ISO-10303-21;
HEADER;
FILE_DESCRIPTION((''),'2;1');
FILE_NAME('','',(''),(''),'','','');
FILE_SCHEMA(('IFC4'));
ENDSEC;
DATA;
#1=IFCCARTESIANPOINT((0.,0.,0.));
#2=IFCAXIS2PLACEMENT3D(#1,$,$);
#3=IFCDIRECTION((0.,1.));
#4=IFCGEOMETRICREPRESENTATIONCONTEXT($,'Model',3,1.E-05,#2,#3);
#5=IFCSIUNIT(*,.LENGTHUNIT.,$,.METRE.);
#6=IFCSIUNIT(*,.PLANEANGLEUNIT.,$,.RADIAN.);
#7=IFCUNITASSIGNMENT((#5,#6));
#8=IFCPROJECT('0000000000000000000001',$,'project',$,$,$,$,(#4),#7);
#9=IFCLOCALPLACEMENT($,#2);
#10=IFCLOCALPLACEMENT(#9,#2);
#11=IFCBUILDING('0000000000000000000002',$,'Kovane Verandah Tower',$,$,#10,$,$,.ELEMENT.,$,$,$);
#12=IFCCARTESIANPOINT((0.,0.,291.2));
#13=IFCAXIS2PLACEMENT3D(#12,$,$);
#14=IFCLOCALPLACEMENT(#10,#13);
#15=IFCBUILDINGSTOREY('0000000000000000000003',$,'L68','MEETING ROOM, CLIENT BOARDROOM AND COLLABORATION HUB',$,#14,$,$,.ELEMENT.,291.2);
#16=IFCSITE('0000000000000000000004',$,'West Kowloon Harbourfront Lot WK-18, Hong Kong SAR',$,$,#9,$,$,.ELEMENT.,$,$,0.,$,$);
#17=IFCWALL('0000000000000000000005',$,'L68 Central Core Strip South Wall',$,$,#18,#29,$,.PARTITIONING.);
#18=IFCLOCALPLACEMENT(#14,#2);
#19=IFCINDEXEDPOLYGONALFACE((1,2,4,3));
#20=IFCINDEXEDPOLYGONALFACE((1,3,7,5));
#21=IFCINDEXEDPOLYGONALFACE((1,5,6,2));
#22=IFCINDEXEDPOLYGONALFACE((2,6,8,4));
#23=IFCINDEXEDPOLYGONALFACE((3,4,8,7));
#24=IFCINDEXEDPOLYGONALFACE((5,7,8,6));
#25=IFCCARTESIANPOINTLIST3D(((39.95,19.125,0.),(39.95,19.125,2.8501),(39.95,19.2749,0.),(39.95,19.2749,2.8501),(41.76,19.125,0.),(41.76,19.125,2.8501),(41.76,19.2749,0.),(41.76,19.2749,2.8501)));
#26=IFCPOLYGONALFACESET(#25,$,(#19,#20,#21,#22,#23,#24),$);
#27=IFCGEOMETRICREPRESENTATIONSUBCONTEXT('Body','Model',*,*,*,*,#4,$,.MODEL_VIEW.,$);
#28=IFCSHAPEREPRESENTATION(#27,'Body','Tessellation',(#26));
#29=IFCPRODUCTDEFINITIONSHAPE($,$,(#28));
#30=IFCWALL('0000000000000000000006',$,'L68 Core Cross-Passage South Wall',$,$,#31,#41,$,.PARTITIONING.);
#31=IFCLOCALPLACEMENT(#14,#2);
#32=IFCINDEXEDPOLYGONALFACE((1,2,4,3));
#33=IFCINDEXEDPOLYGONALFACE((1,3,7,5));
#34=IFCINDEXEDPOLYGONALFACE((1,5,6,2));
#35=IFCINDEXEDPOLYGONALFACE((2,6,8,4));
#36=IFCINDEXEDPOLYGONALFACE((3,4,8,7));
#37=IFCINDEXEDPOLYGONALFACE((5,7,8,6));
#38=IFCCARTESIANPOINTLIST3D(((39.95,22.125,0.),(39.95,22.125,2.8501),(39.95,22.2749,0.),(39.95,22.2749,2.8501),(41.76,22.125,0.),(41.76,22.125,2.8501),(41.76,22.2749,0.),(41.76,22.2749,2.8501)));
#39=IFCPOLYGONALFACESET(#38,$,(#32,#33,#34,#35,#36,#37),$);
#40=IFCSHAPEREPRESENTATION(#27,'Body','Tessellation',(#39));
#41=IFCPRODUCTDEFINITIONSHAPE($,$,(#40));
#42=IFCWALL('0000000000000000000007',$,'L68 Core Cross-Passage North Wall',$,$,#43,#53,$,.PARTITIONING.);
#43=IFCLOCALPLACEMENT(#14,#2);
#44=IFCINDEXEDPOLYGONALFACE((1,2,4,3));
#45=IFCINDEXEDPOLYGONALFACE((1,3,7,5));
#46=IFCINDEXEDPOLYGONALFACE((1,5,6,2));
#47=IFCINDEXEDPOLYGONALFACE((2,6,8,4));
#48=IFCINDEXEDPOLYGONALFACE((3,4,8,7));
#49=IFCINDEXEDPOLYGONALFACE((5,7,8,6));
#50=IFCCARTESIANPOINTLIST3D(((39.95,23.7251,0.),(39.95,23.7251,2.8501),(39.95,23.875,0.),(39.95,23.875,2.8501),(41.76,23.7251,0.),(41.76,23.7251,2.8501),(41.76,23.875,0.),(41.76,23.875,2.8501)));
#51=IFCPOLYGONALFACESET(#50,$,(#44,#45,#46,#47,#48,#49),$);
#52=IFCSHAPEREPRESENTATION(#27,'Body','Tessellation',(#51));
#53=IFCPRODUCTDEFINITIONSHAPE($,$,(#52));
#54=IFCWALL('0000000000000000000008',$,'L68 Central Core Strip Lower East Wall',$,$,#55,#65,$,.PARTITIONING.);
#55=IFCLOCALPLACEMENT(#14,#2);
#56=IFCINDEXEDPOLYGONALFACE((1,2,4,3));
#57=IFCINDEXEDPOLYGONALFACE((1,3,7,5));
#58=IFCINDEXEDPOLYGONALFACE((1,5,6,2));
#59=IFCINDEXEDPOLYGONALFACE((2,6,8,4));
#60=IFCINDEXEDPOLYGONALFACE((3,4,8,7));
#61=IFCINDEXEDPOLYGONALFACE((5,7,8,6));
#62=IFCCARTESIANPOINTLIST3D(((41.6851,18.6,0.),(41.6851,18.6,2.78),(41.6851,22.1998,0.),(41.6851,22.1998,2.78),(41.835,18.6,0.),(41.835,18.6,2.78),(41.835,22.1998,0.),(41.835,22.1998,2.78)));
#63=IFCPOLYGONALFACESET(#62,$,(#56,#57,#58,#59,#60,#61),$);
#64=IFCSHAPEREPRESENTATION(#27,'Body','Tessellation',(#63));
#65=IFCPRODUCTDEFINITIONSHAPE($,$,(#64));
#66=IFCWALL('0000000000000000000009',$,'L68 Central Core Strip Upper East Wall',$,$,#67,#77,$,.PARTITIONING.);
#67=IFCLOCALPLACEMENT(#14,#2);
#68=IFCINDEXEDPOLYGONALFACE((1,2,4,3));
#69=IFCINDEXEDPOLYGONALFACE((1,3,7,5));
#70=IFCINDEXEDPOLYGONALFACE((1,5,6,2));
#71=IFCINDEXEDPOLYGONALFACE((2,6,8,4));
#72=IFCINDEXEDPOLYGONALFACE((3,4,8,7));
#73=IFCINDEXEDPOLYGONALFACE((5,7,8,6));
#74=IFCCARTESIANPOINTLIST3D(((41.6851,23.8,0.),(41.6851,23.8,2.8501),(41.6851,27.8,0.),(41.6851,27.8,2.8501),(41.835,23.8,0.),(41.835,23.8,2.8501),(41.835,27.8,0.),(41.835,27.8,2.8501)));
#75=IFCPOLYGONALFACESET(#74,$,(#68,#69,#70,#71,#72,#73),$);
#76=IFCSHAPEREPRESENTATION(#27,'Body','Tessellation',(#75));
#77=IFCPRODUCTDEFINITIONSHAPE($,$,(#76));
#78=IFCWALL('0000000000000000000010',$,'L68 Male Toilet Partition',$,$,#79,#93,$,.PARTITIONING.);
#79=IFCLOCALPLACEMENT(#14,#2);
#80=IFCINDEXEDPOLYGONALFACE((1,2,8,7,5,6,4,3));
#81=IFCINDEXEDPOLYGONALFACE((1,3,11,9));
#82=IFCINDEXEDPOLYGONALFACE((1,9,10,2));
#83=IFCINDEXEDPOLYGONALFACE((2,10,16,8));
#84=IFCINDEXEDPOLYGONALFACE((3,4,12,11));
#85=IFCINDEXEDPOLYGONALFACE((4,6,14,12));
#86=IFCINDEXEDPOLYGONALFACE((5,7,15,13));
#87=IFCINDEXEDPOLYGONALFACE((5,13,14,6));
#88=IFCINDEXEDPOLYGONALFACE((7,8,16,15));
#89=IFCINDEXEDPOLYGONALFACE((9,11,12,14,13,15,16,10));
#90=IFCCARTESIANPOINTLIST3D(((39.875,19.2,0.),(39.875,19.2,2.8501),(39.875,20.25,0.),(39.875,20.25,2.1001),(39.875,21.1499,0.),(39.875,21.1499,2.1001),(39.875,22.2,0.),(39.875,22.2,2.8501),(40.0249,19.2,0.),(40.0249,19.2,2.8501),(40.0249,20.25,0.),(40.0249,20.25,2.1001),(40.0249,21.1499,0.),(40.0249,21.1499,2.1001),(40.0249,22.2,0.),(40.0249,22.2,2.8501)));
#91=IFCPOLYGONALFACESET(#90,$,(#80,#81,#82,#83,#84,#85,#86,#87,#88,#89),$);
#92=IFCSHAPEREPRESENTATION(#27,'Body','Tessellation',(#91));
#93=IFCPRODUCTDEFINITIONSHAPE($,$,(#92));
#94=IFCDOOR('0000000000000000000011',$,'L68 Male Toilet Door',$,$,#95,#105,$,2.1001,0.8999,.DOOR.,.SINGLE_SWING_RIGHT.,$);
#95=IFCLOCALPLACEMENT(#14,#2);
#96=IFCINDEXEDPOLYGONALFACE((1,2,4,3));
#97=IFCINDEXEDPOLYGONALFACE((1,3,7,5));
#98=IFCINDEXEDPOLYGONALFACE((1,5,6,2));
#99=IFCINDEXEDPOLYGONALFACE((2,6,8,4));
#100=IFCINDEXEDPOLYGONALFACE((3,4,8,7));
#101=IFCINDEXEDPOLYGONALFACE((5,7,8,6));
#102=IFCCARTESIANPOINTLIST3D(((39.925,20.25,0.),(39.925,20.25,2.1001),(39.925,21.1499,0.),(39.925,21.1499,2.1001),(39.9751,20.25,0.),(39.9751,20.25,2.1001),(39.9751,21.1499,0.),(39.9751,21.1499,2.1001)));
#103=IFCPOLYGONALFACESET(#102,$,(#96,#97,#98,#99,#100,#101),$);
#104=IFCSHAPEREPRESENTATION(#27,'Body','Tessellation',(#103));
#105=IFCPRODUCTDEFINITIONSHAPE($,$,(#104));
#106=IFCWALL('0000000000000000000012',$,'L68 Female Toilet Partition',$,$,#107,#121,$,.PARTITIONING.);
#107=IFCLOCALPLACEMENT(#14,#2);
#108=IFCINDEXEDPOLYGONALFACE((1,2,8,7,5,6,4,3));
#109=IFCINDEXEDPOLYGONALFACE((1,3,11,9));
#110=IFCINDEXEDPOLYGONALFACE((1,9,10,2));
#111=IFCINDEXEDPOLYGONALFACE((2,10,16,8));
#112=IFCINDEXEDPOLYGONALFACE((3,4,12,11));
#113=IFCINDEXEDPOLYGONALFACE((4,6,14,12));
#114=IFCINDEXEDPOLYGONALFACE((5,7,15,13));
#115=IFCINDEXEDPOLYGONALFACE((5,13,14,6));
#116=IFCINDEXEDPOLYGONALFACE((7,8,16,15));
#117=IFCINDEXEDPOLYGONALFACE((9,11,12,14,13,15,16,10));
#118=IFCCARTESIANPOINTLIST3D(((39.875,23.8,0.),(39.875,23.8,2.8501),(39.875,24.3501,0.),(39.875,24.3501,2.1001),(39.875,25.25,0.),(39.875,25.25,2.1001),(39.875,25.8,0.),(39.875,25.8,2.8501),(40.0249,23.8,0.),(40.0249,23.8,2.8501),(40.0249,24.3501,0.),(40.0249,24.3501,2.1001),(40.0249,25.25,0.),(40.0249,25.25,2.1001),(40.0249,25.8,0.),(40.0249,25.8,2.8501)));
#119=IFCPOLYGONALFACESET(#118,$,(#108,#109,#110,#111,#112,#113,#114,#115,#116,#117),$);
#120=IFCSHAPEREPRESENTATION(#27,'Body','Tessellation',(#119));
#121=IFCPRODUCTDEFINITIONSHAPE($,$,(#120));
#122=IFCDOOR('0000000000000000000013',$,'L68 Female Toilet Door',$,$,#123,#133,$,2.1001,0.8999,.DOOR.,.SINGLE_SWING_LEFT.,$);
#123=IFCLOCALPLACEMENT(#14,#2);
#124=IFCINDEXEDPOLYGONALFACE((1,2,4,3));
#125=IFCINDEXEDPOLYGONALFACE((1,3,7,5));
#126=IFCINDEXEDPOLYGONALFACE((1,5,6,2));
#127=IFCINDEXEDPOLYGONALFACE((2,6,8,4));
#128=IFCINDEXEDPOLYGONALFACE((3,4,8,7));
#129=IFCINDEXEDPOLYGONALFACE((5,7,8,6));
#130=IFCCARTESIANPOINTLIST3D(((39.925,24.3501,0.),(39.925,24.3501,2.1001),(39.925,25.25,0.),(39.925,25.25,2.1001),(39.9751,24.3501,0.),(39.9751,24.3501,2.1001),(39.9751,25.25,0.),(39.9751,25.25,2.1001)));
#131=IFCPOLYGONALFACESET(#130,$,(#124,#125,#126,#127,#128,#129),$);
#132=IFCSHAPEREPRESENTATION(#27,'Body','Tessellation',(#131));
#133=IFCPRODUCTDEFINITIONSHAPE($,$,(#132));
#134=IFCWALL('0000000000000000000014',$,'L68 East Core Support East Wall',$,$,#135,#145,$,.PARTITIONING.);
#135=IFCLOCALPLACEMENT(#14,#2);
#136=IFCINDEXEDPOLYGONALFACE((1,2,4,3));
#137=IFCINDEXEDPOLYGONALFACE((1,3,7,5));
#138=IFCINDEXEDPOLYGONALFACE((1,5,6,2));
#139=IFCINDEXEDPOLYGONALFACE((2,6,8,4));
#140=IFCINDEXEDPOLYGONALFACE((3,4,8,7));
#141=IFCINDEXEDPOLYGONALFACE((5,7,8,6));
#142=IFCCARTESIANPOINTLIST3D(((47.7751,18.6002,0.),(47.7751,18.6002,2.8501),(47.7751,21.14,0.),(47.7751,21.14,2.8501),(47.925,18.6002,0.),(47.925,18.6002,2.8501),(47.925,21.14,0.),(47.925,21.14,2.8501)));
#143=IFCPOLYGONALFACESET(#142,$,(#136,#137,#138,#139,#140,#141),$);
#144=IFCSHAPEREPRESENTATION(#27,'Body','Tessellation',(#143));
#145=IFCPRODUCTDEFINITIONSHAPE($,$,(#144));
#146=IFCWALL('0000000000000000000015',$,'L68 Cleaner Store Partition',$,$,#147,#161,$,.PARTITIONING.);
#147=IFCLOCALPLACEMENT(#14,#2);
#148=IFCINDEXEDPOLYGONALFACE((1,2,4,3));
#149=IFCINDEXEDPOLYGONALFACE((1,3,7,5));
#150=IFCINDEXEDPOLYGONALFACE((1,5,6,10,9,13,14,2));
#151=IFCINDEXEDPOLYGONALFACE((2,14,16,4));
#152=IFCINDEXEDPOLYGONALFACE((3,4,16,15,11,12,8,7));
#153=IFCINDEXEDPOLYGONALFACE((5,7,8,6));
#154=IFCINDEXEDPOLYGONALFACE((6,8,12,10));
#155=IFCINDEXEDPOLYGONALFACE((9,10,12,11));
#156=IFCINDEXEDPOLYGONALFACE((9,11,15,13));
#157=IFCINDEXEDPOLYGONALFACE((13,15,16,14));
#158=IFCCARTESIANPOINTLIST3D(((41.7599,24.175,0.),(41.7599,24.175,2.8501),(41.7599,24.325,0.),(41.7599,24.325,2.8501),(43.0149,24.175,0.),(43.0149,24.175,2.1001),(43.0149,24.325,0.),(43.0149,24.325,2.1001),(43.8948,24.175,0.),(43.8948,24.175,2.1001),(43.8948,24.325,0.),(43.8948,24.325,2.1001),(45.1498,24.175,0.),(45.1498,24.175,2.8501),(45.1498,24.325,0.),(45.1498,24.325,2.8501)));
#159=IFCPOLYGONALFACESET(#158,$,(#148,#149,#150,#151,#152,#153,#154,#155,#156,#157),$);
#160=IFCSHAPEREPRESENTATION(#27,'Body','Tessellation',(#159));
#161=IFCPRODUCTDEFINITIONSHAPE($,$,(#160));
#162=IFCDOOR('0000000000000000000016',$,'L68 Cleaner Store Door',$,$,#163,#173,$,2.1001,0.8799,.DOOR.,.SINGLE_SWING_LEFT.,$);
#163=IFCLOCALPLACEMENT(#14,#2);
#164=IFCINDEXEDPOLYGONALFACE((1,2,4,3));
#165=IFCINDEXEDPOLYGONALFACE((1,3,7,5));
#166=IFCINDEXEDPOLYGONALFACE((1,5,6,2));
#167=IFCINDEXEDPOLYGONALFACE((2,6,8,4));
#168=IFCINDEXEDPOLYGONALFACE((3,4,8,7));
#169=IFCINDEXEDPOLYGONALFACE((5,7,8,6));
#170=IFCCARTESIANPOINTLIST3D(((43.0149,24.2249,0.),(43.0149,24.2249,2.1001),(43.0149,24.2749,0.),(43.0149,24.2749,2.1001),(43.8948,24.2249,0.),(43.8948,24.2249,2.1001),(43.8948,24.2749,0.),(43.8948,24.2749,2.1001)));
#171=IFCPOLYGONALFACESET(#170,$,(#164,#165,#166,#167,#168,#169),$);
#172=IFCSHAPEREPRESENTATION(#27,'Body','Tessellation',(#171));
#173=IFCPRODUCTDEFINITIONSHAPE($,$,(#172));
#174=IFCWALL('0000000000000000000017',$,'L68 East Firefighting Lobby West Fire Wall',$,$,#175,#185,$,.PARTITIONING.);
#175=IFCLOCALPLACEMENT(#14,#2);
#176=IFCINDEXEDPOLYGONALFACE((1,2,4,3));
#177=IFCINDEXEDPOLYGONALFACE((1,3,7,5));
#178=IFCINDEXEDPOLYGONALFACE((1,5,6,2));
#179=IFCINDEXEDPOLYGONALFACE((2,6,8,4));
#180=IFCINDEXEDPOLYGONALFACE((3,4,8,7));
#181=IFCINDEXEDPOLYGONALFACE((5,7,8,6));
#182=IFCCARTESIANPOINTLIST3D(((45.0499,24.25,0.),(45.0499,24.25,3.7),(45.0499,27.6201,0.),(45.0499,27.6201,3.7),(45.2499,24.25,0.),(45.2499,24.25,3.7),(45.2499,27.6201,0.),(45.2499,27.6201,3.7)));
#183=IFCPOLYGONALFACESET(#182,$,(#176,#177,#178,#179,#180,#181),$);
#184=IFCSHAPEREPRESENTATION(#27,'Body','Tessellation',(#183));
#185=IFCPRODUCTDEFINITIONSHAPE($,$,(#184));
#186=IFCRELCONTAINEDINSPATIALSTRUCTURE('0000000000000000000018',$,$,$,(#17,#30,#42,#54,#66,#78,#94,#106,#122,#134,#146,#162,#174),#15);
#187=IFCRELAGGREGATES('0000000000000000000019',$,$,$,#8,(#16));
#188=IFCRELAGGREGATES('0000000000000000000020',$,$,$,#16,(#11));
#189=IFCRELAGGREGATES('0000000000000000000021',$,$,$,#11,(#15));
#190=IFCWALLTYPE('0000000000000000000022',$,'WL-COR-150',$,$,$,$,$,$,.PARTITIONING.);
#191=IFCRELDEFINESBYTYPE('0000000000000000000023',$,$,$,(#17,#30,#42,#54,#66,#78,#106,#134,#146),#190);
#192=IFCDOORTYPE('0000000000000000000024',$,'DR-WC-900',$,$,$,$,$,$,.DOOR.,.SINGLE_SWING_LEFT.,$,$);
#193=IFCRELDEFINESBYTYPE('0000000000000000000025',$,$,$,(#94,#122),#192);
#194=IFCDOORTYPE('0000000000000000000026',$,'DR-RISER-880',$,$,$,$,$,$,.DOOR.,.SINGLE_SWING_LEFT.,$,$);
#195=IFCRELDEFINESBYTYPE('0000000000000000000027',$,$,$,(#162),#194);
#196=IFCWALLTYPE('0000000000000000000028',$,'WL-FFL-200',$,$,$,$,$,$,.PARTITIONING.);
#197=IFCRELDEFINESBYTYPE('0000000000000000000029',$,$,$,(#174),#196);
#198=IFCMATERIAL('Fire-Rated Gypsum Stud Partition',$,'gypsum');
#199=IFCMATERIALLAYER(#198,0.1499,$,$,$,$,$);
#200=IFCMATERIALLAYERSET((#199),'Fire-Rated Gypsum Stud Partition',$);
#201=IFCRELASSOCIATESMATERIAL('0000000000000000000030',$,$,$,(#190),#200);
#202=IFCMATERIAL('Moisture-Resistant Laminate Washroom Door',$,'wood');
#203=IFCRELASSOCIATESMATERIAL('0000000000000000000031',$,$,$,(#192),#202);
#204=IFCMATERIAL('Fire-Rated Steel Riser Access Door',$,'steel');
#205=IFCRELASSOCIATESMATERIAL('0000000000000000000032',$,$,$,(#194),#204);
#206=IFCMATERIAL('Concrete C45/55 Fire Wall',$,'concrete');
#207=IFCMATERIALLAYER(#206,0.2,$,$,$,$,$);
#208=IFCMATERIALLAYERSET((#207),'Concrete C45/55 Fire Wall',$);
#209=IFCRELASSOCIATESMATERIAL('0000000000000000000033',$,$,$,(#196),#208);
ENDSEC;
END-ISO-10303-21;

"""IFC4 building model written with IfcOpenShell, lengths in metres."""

from ifc_helpers import new_model, si_unit, direction, frame, frame_2d, origin, place, context, subcontext, project, spatial, rectangle, extrude, material, layer, layer_set, type_object, element, fill, save


model = new_model("IFC4")

# Units and contexts
model_context = context("Model", 3, precision=1e-05, world=origin(), true_north=direction((0.0, 1.0)))
body_context = subcontext(model_context, "Body", "Model", "MODEL_VIEW")
ifc_project = project(units=[si_unit("LENGTHUNIT", "METRE"), si_unit("PLANEANGLEUNIT", "RADIAN")], contexts=[model_context])

# Site, building, storey
site_placement = place(None, origin())
site = spatial("IfcSite", under=ifc_project, at=site_placement, Name="West Kowloon Harbourfront Lot WK-18, Hong Kong SAR", CompositionType="ELEMENT", RefElevation=0.0)
building_placement = place(site_placement, origin())
building = spatial("IfcBuilding", under=site, at=building_placement, Name="Kovane Verandah Tower", CompositionType="ELEMENT")
storey_placement = place(building_placement, frame((0.0, 0.0, 291.2)))
storey = spatial("IfcBuildingStorey", under=building, at=storey_placement, Name="L68", Description="MEETING ROOM, CLIENT BOARDROOM AND COLLABORATION HUB", CompositionType="ELEMENT", Elevation=291.2)

# Walls
ifc_material_1 = material(Name="Fire-Rated Gypsum Stud Partition", Category="gypsum")
ifc_layer_1 = layer(ifc_material_1, 0.1499)
ifc_layer_set_1 = layer_set([ifc_layer_1], Name="Fire-Rated Gypsum Stud Partition")
wall_type_1 = type_object("IfcWallType", Name="WL-COR-150", PredefinedType="PARTITIONING", material=ifc_layer_set_1)
for number, where, z_axis, x_axis, name in (
    (1, (39.95, 19.2, 0.0), (0.0, 0.0, 1.0), (1.0, 0.0, 0.0), "L68 Central Core Strip South Wall"),
    (2, (39.95, 22.2, 0.0), (0.0, 0.0, 1.0), (1.0, 0.0, 0.0), "L68 Core Cross-Passage South Wall"),
    (3, (39.95, 23.8, 0.0), (0.0, 0.0, 1.0), (1.0, 0.0, 0.0), "L68 Core Cross-Passage North Wall"),
):
    element("IfcWall", number, at=place(storey_placement, frame(where, z_axis=z_axis, x_axis=x_axis)), inside=storey, type_object=wall_type_1, Name=name, PredefinedType="PARTITIONING", context=body_context, shape_type="SweptSolid", body=[
        extrude(rectangle(XDim=1.8101, YDim=0.1499, at=frame_2d((0.905, 0.0))), origin(), (0.0, 0.0, 1.0), 2.8501),
    ])
wall_1_placement = place(storey_placement, frame((41.76, 18.6001, 0.0), z_axis=(0.0, 0.0, 1.0), x_axis=(0.0, 1.0, 0.0)))
element("IfcWall", 4, at=wall_1_placement, inside=storey, type_object=wall_type_1, Name="L68 Central Core Strip Lower East Wall", PredefinedType="PARTITIONING", context=body_context, shape_type="SweptSolid", body=[
    extrude(rectangle(XDim=3.5999, YDim=0.1499, at=frame_2d((1.7998, 0.0))), origin(), (0.0, 0.0, 1.0), 2.78),
])
wall_2_placement = place(storey_placement, frame((41.76, 23.8, 0.0), z_axis=(0.0, 0.0, 1.0), x_axis=(0.0, 1.0, 0.0)))
element("IfcWall", 5, at=wall_2_placement, inside=storey, type_object=wall_type_1, Name="L68 Central Core Strip Upper East Wall", PredefinedType="PARTITIONING", context=body_context, shape_type="SweptSolid", body=[
    extrude(rectangle(XDim=4.0, YDim=0.1499, at=frame_2d((2.0, 0.0))), origin(), (0.0, 0.0, 1.0), 2.8501),
])

# Walls, openings, doors
wall_3_placement = place(storey_placement, frame((39.95, 19.2, 0.0), z_axis=(0.0, 0.0, 1.0), x_axis=(0.0, 1.0, 0.0)))
wall_3 = element("IfcWall", 6, at=wall_3_placement, inside=storey, type_object=wall_type_1, Name="L68 Male Toilet Partition", PredefinedType="PARTITIONING", context=body_context, shape_type="SweptSolid", body=[
    extrude(rectangle(XDim=3.0, YDim=0.1499, at=frame_2d((1.5, 0.0))), origin(), (0.0, 0.0, 1.0), 2.8501),
])
opening_1_placement = place(wall_3_placement, frame((1.05, 0.0, 0.0)))
opening_1 = element("IfcOpeningElement", 7, at=opening_1_placement, cuts=wall_3, PredefinedType="OPENING", context=body_context, shape_type="SweptSolid", body=[
    extrude(rectangle(XDim=0.8999, YDim=2.1001, at=frame_2d((0.45, 1.05))), frame((0.0, 0.075, 0.0), z_axis=(0.0, -1.0, 0.0), x_axis=(1.0, 0.0, 0.0)), (0.0, 0.0, 1.0), 0.1499),
])
ifc_material_2 = material(Name="Moisture-Resistant Laminate Washroom Door", Category="wood")
door_type_1 = type_object("IfcDoorType", Name="DR-WC-900", OperationType="SINGLE_SWING_LEFT", PredefinedType="DOOR", material=ifc_material_2)
door_1_placement = place(opening_1_placement, origin())
door_1 = element("IfcDoor", 8, at=door_1_placement, inside=storey, type_object=door_type_1, Name="L68 Male Toilet Door", OperationType="SINGLE_SWING_RIGHT", OverallHeight=2.1001, OverallWidth=0.8999, PredefinedType="DOOR", context=body_context, shape_type="SweptSolid", body=[
    extrude(rectangle(XDim=0.8999, YDim=2.1001, at=frame_2d((0.45, 1.05))), frame((0.0, 0.0249, 0.0), z_axis=(0.0, -1.0, 0.0), x_axis=(1.0, 0.0, 0.0)), (0.0, 0.0, 1.0), 0.05),
])
fill(opening_1, door_1)
wall_4_placement = place(storey_placement, frame((39.95, 23.8, 0.0), z_axis=(0.0, 0.0, 1.0), x_axis=(0.0, 1.0, 0.0)))
wall_4 = element("IfcWall", 9, at=wall_4_placement, inside=storey, type_object=wall_type_1, Name="L68 Female Toilet Partition", PredefinedType="PARTITIONING", context=body_context, shape_type="SweptSolid", body=[
    extrude(rectangle(XDim=2.0, YDim=0.1499, at=frame_2d((1.0, 0.0))), origin(), (0.0, 0.0, 1.0), 2.8501),
])
opening_2_placement = place(wall_4_placement, frame((0.55, 0.0, 0.0)))
opening_2 = element("IfcOpeningElement", 10, at=opening_2_placement, cuts=wall_4, PredefinedType="OPENING", context=body_context, shape_type="SweptSolid", body=[
    extrude(rectangle(XDim=0.8999, YDim=2.1001, at=frame_2d((0.45, 1.05))), frame((0.0, 0.075, 0.0), z_axis=(0.0, -1.0, 0.0), x_axis=(1.0, 0.0, 0.0)), (0.0, 0.0, 1.0), 0.1499),
])
door_2_placement = place(opening_2_placement, origin())
door_2 = element("IfcDoor", 11, at=door_2_placement, inside=storey, type_object=door_type_1, Name="L68 Female Toilet Door", OperationType="SINGLE_SWING_LEFT", OverallHeight=2.1001, OverallWidth=0.8999, PredefinedType="DOOR", context=body_context, shape_type="SweptSolid", body=[
    extrude(rectangle(XDim=0.8999, YDim=2.1001, at=frame_2d((0.45, 1.05))), frame((0.0, 0.0249, 0.0), z_axis=(0.0, -1.0, 0.0), x_axis=(1.0, 0.0, 0.0)), (0.0, 0.0, 1.0), 0.05),
])
fill(opening_2, door_2)

# Wall
wall_5_placement = place(storey_placement, frame((47.8501, 18.6001, 0.0), z_axis=(0.0, 0.0, 1.0), x_axis=(0.0, 1.0, 0.0)))
element("IfcWall", 12, at=wall_5_placement, inside=storey, type_object=wall_type_1, Name="L68 East Core Support East Wall", PredefinedType="PARTITIONING", context=body_context, shape_type="SweptSolid", body=[
    extrude(rectangle(XDim=2.5398, YDim=0.1499, at=frame_2d((1.27, 0.0))), origin(), (0.0, 0.0, 1.0), 2.8501),
])

# Wall, opening, door
wall_6_placement = place(storey_placement, frame((41.76, 24.25, 0.0), z_axis=(0.0, 0.0, 1.0), x_axis=(1.0, 0.0, 0.0)))
wall_6 = element("IfcWall", 13, at=wall_6_placement, inside=storey, type_object=wall_type_1, Name="L68 Cleaner Store Partition", PredefinedType="PARTITIONING", context=body_context, shape_type="SweptSolid", body=[
    extrude(rectangle(XDim=3.3899, YDim=0.1499, at=frame_2d((1.6948, 0.0))), origin(), (0.0, 0.0, 1.0), 2.8501),
])
opening_3_placement = place(wall_6_placement, frame((1.2549, 0.0, 0.0)))
opening_3 = element("IfcOpeningElement", 14, at=opening_3_placement, cuts=wall_6, PredefinedType="OPENING", context=body_context, shape_type="SweptSolid", body=[
    extrude(rectangle(XDim=0.8799, YDim=2.1001, at=frame_2d((0.4399, 1.05))), frame((0.0, 0.075, 0.0), z_axis=(0.0, -1.0, 0.0), x_axis=(1.0, 0.0, 0.0)), (0.0, 0.0, 1.0), 0.1499),
])
ifc_material_3 = material(Name="Fire-Rated Steel Riser Access Door", Category="steel")
door_type_2 = type_object("IfcDoorType", Name="DR-RISER-880", OperationType="SINGLE_SWING_LEFT", PredefinedType="DOOR", material=ifc_material_3)
door_3_placement = place(opening_3_placement, origin())
door_3 = element("IfcDoor", 15, at=door_3_placement, inside=storey, type_object=door_type_2, Name="L68 Cleaner Store Door", OperationType="SINGLE_SWING_LEFT", OverallHeight=2.1001, OverallWidth=0.8799, PredefinedType="DOOR", context=body_context, shape_type="SweptSolid", body=[
    extrude(rectangle(XDim=0.8799, YDim=2.1001, at=frame_2d((0.4399, 1.05))), frame((0.0, 0.0249, 0.0), z_axis=(0.0, -1.0, 0.0), x_axis=(1.0, 0.0, 0.0)), (0.0, 0.0, 1.0), 0.05),
])
fill(opening_3, door_3)

# Wall
ifc_material_4 = material(Name="Concrete C45/55 Fire Wall", Category="concrete")
ifc_layer_2 = layer(ifc_material_4, 0.2)
ifc_layer_set_2 = layer_set([ifc_layer_2], Name="Concrete C45/55 Fire Wall")
wall_type_2 = type_object("IfcWallType", Name="WL-FFL-200", PredefinedType="PARTITIONING", material=ifc_layer_set_2)
wall_7_placement = place(storey_placement, frame((45.1499, 24.25, 0.0), z_axis=(0.0, 0.0, 1.0), x_axis=(0.0, 1.0, 0.0)))
element("IfcWall", 16, at=wall_7_placement, inside=storey, type_object=wall_type_2, Name="L68 East Firefighting Lobby West Fire Wall", PredefinedType="PARTITIONING", context=body_context, shape_type="SweptSolid", body=[
    extrude(rectangle(XDim=3.3701, YDim=0.2, at=frame_2d((1.6851, 0.0))), origin(), (0.0, 0.0, 1.0), 3.7),
])

save(model, "model.ifc")
